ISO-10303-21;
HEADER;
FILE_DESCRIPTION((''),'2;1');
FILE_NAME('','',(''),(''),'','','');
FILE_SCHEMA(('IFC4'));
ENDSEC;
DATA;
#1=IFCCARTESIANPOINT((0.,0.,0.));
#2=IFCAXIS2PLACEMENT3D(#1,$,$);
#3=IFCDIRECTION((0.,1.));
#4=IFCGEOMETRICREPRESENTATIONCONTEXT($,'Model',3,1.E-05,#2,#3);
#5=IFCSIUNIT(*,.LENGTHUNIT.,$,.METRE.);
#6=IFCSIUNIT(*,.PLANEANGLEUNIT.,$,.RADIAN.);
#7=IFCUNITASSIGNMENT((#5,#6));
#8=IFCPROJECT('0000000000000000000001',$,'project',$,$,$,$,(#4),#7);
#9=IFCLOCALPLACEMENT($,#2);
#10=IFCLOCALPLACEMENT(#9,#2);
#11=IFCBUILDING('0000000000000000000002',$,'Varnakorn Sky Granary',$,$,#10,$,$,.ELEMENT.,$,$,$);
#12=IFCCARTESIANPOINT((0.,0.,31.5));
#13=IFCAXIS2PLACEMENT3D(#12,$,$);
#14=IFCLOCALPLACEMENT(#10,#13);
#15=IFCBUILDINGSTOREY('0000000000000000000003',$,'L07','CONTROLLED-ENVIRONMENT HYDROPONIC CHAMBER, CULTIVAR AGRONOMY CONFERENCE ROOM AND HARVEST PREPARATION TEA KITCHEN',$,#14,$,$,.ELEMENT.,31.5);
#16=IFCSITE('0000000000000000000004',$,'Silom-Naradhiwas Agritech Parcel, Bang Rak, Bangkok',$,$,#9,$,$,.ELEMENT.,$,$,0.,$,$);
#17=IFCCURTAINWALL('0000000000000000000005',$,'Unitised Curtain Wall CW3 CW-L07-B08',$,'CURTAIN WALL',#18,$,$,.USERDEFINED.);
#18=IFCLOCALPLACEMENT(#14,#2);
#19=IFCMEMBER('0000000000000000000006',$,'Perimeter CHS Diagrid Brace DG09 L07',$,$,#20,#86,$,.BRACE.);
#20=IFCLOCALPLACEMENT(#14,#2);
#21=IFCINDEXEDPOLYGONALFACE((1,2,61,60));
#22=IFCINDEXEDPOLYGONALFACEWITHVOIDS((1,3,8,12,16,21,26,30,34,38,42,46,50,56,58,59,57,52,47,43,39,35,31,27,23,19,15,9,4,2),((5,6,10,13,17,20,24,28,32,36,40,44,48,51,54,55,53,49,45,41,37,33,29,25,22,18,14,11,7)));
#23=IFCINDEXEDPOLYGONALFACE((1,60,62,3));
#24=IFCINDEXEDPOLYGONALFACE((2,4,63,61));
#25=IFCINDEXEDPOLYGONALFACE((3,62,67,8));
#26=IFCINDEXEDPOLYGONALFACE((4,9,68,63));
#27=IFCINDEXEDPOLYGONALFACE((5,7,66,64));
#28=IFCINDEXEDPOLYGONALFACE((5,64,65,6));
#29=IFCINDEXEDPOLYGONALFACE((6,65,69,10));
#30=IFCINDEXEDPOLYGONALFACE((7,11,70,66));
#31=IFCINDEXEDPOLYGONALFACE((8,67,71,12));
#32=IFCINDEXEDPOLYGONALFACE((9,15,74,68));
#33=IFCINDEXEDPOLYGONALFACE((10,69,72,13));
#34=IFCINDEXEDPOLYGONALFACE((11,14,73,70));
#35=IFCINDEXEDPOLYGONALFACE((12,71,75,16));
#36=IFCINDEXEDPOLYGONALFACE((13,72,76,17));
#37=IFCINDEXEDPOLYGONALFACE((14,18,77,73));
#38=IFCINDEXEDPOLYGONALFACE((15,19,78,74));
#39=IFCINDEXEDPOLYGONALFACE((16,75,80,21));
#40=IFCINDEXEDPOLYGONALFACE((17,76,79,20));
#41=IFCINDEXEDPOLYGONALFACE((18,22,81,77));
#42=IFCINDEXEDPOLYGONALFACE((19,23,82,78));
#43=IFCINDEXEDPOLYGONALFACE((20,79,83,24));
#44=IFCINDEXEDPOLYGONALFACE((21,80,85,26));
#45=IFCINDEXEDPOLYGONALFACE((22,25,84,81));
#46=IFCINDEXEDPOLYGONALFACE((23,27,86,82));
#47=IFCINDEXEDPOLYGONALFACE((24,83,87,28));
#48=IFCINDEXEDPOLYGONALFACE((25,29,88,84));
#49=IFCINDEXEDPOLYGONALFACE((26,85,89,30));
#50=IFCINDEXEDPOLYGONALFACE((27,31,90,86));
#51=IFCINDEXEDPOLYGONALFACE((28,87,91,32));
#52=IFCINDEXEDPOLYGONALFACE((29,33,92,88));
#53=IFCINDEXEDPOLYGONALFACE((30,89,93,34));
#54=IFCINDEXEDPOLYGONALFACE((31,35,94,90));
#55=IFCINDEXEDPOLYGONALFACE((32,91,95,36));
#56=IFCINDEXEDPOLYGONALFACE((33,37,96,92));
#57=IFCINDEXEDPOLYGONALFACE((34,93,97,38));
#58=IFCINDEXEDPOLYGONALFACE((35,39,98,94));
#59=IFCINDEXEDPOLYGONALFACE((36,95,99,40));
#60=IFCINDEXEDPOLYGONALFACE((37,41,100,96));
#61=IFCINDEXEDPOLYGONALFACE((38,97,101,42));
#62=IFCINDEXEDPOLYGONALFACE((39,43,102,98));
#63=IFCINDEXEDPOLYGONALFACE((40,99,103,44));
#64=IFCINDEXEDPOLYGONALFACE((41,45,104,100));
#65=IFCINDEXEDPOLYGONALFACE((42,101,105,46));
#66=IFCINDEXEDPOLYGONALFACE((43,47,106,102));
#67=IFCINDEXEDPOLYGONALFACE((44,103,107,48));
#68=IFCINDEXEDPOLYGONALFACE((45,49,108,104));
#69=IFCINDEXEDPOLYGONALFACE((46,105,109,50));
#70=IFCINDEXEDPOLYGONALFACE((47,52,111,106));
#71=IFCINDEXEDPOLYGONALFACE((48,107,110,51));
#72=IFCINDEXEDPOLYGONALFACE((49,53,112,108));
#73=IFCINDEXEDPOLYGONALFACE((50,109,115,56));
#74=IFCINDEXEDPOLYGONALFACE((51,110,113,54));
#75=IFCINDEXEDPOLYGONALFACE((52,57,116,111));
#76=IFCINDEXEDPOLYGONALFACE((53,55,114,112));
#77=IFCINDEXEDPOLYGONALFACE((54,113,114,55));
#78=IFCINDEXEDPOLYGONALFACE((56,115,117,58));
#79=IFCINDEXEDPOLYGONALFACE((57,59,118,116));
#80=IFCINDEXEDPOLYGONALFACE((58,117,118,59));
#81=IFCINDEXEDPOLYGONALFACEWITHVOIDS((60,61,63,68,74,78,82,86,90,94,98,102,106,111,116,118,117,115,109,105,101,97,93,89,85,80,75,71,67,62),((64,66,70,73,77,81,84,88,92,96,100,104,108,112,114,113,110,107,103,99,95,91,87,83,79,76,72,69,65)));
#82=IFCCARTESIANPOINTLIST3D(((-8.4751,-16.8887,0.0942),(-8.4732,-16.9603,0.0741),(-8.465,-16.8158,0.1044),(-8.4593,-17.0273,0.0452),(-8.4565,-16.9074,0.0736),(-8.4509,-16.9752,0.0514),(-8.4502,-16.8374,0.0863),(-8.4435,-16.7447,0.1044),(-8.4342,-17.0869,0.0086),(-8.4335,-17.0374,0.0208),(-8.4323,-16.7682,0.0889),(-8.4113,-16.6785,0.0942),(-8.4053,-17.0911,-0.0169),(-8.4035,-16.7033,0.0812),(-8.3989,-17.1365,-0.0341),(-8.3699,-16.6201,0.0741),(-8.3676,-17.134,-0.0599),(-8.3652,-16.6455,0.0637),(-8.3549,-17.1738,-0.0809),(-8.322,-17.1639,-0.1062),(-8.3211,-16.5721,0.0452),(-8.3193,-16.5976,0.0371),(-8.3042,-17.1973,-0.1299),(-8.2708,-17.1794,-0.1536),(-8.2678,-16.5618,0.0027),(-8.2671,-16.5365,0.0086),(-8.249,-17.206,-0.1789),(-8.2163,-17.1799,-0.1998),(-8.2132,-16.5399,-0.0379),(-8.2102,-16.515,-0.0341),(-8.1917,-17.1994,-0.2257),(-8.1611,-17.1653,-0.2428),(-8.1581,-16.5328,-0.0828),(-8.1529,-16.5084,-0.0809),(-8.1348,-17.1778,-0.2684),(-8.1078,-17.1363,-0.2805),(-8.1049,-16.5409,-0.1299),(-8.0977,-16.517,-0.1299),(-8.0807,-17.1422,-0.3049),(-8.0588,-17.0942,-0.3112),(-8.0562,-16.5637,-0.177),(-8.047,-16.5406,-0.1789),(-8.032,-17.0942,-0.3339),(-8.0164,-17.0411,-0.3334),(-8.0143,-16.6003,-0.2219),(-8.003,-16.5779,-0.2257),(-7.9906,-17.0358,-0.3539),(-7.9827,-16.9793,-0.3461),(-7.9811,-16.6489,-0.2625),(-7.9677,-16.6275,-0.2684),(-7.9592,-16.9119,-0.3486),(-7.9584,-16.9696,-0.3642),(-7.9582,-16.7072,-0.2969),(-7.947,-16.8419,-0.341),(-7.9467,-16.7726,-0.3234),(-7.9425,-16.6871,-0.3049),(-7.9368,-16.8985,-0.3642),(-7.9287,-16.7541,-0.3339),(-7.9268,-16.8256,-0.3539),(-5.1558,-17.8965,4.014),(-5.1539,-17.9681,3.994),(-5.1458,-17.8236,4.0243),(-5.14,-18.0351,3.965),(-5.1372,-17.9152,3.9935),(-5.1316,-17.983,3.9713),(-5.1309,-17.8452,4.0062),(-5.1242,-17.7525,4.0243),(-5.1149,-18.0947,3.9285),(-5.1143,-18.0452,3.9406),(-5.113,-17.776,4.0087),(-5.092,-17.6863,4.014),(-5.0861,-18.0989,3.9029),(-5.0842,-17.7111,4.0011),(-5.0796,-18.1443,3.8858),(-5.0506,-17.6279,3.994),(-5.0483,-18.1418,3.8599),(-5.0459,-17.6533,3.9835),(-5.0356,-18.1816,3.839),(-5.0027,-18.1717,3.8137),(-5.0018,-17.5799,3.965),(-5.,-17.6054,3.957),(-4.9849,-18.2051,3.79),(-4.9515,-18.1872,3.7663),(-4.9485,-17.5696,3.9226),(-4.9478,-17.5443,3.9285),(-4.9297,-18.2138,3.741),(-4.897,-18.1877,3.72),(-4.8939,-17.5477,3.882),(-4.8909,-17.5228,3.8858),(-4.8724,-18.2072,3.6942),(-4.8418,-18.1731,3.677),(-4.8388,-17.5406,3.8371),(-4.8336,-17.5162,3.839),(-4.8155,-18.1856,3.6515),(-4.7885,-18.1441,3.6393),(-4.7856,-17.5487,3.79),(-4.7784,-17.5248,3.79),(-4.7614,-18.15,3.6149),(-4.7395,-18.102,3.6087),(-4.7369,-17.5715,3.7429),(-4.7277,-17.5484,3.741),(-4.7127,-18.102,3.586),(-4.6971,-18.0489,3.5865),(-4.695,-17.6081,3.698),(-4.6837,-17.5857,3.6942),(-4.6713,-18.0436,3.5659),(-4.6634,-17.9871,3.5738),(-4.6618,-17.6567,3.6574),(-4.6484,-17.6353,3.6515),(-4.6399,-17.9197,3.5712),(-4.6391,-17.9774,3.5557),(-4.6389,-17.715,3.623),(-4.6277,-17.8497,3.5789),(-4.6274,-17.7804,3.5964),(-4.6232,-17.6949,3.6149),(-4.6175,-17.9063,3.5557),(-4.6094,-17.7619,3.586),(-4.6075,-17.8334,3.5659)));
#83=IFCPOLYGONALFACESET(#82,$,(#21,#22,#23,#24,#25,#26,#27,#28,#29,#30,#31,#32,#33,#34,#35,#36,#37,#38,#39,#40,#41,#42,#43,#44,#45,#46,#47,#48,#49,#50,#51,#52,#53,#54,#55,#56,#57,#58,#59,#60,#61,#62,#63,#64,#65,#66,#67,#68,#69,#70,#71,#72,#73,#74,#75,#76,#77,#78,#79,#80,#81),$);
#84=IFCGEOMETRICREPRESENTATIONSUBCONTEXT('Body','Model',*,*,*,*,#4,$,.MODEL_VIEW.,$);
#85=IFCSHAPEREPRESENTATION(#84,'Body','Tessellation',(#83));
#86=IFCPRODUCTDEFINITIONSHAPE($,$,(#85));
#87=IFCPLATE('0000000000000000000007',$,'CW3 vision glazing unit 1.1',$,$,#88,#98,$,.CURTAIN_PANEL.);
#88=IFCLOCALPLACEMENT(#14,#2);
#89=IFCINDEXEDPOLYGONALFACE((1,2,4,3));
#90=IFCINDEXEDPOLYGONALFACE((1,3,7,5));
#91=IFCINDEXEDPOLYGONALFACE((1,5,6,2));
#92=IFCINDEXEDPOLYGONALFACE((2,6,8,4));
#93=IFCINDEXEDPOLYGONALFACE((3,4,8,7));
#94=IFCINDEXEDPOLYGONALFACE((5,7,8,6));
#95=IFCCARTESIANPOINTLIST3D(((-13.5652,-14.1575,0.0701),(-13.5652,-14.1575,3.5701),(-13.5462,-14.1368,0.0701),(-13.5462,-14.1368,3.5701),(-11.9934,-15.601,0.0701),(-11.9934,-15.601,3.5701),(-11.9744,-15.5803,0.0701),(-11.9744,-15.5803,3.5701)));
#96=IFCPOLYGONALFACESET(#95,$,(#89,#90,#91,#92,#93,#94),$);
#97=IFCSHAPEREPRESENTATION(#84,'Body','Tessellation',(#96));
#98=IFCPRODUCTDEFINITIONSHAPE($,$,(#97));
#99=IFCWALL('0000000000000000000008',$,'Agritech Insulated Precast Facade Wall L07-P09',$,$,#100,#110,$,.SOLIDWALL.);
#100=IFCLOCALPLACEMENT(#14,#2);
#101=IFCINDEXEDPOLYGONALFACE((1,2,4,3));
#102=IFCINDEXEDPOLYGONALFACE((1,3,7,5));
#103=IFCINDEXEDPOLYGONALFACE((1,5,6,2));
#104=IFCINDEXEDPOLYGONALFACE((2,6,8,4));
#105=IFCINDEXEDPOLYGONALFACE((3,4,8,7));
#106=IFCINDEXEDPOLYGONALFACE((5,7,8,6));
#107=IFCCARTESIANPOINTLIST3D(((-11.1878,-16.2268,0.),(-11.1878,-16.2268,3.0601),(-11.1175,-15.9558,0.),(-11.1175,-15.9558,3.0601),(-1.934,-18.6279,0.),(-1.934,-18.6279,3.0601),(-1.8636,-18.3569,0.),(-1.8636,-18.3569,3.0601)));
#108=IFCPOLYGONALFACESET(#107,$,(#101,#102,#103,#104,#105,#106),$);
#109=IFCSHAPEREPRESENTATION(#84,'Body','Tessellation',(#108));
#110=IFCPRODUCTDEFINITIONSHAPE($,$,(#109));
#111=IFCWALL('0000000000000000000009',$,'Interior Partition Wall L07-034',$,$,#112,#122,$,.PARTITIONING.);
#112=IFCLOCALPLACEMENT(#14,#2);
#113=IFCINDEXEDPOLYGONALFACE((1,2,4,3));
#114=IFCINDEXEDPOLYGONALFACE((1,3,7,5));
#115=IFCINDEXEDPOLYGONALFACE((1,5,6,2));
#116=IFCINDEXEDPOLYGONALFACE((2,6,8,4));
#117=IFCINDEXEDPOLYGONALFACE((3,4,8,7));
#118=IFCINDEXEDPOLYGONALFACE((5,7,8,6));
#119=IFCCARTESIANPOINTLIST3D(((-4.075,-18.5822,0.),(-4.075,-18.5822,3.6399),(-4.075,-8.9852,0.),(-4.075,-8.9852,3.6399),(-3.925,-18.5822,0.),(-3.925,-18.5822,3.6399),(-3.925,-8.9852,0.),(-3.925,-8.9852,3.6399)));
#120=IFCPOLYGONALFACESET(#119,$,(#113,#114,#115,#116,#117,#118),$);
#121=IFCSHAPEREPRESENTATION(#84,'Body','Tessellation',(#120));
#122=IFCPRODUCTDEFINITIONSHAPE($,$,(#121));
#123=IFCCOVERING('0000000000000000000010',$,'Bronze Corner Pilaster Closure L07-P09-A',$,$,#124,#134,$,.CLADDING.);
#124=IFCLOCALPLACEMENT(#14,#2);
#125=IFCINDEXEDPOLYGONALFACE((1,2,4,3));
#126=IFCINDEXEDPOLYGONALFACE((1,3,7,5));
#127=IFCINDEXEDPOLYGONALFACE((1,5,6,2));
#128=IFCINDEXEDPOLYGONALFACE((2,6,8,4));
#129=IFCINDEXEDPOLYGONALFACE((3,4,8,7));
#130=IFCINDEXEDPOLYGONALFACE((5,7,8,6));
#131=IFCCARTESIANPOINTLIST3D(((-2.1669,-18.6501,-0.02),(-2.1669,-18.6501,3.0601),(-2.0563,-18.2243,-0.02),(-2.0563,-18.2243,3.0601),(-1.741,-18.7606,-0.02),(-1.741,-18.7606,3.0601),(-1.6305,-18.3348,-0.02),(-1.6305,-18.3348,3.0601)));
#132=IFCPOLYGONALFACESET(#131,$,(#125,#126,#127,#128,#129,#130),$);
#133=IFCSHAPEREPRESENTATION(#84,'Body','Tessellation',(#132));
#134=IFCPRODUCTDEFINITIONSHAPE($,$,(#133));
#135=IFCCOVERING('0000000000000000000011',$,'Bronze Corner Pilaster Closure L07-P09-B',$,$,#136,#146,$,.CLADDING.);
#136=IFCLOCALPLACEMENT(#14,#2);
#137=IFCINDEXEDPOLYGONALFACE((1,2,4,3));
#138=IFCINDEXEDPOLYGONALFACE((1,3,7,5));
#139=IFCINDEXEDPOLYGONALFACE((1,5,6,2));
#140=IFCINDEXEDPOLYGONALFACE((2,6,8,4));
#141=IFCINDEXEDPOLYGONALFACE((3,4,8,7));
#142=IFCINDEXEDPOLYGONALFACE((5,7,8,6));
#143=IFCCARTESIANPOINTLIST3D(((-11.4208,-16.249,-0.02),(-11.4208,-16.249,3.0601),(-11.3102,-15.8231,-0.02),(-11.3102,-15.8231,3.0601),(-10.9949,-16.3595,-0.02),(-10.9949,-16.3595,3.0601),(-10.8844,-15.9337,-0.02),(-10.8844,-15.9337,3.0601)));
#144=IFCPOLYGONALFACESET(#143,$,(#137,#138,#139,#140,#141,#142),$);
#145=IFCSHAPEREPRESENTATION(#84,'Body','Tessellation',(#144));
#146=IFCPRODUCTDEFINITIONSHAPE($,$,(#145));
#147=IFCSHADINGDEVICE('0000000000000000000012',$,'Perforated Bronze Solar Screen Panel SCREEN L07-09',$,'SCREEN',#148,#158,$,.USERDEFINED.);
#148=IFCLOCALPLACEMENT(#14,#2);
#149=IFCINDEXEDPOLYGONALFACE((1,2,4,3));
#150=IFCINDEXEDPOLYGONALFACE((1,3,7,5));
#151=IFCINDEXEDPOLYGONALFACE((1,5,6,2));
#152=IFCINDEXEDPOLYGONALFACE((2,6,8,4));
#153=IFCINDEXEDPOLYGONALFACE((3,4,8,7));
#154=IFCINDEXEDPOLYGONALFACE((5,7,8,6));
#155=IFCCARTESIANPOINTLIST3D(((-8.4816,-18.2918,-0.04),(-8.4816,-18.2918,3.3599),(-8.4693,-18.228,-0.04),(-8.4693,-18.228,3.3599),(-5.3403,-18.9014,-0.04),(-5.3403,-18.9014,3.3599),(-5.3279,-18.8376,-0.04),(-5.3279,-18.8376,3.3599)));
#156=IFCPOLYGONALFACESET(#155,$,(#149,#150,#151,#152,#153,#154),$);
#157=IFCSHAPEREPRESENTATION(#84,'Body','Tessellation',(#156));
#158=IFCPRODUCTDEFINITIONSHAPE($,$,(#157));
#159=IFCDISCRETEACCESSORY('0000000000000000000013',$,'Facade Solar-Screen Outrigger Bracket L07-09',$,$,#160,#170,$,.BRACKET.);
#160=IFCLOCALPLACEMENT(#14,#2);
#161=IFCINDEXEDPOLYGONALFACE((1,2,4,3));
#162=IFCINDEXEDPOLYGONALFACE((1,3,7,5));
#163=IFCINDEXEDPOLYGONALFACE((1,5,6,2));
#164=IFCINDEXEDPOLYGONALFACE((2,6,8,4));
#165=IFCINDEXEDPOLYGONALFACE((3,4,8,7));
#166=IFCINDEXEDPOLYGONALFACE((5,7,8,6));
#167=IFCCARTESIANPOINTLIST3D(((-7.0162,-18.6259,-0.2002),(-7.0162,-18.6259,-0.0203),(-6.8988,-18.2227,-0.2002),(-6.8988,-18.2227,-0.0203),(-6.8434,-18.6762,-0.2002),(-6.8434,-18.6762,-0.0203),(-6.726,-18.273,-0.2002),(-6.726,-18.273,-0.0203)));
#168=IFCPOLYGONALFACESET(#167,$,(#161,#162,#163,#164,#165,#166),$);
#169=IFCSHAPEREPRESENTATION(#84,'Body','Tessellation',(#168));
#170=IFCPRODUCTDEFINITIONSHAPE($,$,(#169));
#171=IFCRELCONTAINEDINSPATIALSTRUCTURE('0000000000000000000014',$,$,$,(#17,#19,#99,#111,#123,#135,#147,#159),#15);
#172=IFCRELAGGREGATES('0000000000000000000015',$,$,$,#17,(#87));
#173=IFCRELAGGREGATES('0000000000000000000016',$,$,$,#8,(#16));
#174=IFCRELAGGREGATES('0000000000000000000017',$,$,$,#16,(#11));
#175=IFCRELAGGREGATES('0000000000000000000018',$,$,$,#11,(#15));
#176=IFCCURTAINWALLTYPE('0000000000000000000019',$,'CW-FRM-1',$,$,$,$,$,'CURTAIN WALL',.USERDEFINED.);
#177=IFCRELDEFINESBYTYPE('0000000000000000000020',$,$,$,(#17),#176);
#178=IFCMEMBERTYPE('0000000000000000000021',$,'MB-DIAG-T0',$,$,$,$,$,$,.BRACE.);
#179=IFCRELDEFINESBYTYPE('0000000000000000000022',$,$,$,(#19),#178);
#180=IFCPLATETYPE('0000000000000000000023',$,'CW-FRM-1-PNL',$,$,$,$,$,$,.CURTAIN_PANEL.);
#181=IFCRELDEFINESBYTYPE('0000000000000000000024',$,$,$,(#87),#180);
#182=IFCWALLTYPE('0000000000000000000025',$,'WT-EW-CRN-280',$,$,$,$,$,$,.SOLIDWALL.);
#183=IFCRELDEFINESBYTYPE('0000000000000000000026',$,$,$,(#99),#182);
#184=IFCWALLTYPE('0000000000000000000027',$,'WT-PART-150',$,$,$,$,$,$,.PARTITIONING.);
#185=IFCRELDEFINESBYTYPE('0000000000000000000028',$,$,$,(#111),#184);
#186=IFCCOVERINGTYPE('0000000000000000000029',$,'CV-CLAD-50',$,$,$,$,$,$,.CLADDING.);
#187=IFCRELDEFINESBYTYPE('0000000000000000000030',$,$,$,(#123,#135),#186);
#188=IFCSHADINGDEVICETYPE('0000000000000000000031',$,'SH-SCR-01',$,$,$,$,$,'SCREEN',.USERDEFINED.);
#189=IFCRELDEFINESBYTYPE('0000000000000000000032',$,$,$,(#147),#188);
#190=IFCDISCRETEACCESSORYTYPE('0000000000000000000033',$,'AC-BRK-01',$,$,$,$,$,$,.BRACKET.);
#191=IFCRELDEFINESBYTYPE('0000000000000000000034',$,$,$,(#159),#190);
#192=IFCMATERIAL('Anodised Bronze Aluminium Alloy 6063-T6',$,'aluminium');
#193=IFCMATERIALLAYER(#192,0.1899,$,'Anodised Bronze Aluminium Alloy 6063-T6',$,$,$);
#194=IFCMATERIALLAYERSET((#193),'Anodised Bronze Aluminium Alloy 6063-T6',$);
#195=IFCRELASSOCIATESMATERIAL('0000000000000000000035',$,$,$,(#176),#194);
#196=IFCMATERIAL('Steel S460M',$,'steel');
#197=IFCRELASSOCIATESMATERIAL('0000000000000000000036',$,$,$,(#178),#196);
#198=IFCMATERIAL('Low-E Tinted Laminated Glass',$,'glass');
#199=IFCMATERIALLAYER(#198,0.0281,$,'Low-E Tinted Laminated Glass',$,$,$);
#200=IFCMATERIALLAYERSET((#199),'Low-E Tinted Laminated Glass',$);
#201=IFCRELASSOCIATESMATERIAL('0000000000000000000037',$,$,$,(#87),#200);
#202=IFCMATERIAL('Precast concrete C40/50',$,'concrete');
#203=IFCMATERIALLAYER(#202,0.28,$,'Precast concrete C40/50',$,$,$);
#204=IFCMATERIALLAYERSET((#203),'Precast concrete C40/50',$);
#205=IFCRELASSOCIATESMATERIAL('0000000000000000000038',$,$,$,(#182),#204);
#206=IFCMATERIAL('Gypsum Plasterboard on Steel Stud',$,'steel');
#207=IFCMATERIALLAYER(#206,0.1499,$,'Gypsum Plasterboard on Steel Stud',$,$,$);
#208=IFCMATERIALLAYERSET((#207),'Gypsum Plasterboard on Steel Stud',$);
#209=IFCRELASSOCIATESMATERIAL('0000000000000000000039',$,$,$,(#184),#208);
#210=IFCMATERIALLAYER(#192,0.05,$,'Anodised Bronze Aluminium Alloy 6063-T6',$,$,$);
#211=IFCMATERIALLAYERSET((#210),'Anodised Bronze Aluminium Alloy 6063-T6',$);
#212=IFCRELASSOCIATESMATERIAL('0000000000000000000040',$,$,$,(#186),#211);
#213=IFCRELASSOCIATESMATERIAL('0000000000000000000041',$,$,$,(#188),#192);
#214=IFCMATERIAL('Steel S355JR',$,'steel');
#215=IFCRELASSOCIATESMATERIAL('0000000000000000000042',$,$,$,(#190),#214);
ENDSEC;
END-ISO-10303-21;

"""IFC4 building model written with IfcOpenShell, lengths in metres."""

from ifc_helpers import new_model, si_unit, direction, frame, frame_2d, origin, origin_2d, place, context, subcontext, project, spatial, rectangle, hollow_circle, extrude, source, transform, mapped, material, layer, layer_set, material_profile, profile_set, type_object, type_shapes, element, aggregate, save


model = new_model("IFC4")

# Units and contexts
model_context = context("Model", 3, precision=1e-05, world=origin(), true_north=direction((0.0, 1.0)))
body_context = subcontext(model_context, "Body", "Model", "MODEL_VIEW")
ifc_project = project(units=[si_unit("LENGTHUNIT", "METRE"), si_unit("PLANEANGLEUNIT", "RADIAN")], contexts=[model_context])

# Site, building, storey
site_placement = place(None, origin())
site = spatial("IfcSite", under=ifc_project, at=site_placement, Name="Silom-Naradhiwas Agritech Parcel, Bang Rak, Bangkok", CompositionType="ELEMENT", RefElevation=0.0)
building_placement = place(site_placement, origin())
building = spatial("IfcBuilding", under=site, at=building_placement, Name="Varnakorn Sky Granary", CompositionType="ELEMENT")
storey_placement = place(building_placement, frame((0.0, 0.0, 31.5)))
storey = spatial("IfcBuildingStorey", under=building, at=storey_placement, Name="L07", Description="CONTROLLED-ENVIRONMENT HYDROPONIC CHAMBER, CULTIVAR AGRONOMY CONFERENCE ROOM AND HARVEST PREPARATION TEA KITCHEN", CompositionType="ELEMENT", Elevation=31.5)

# Shared definitions
ifc_material_1 = material(Name="Steel S460M", Category="steel")

# Shared definitions
ifc_material_2 = material(Name="Steel S355JR", Category="steel")

# Curtain wall
ifc_material_3 = material(Name="Anodised Bronze Aluminium Alloy 6063-T6", Category="aluminium")
ifc_layer_1 = layer(ifc_material_3, 0.1899, Name="Anodised Bronze Aluminium Alloy 6063-T6")
ifc_layer_set_1 = layer_set([ifc_layer_1], Name="Anodised Bronze Aluminium Alloy 6063-T6")
curtain_wall_type = type_object("IfcCurtainWallType", Name="CW-FRM-1", ElementType="CURTAIN WALL", PredefinedType="USERDEFINED", material=ifc_layer_set_1)
curtain_wall_1_placement = place(storey_placement, origin())
curtain_wall_1 = element("IfcCurtainWall", 1, at=curtain_wall_1_placement, inside=storey, type_object=curtain_wall_type, Name="Unitised Curtain Wall CW3 CW-L07-B08", ObjectType="CURTAIN WALL", PredefinedType="USERDEFINED")

# Member
ifc_material_profile_1 = material_profile(ifc_material_1, hollow_circle(Radius=0.3555, WallThickness=0.0249, at=origin_2d()), Name="CHS 711x25")
ifc_profile_set_1 = profile_set([ifc_material_profile_1], Name="Steel S460M")
member_type_1 = type_object("IfcMemberType", Name="MB-DIAG-T0", PredefinedType="BRACE", material=ifc_profile_set_1)
member_1_placement = place(storey_placement, frame((-8.2009, -16.8572, -0.1299), z_axis=(0.634133, -0.192535, 0.74887), x_axis=(0.290523, 0.956868, 0.0)))
element("IfcMember", 2, at=member_1_placement, inside=storey, type_object=member_type_1, Name="Perimeter CHS Diagrid Brace DG09 L07", PredefinedType="BRACE", context=body_context, shape_type="SweptSolid", body=[
    extrude(hollow_circle(Radius=0.3555, WallThickness=0.0249, at=origin_2d()), origin(), (0.0, 0.0, 1.0), 5.2344),
])

# Plate
ifc_material_4 = material(Name="Low-E Tinted Laminated Glass", Category="glass")
ifc_layer_2 = layer(ifc_material_4, 0.0281, Name="Low-E Tinted Laminated Glass")
ifc_layer_set_2 = layer_set([ifc_layer_2], Name="Low-E Tinted Laminated Glass")
plate_type = type_object("IfcPlateType", Name="CW-FRM-1-PNL", PredefinedType="CURTAIN_PANEL")
shared_shape_1 = source(origin(), body_context, "Body", "SweptSolid", [
    extrude(rectangle(XDim=2.134, YDim=0.0281, at=origin_2d()), origin(), (0.0, 0.0, 1.0), 3.5),
])
type_shapes(plate_type, [shared_shape_1])
plate_placement = place(storey_placement, frame((-12.7698, -14.8689, 0.0701), z_axis=(0.0, 0.0, 1.0), x_axis=(-0.736547, 0.676387, 0.0)))
plate = element("IfcPlate", 3, at=plate_placement, type_object=plate_type, material=ifc_layer_set_2, Name="CW3 vision glazing unit 1.1", PredefinedType="CURTAIN_PANEL", context=body_context, shape_type="MappedRepresentation", body=[
    mapped(shared_shape_1, transform((0.0, 0.0, 0.0), x_axis=(1.0, 0.0, 0.0), y_axis=(0.0, 1.0, 0.0), z_axis=(0.0, 0.0, 1.0), scale=1.0)),
])
aggregate(curtain_wall_1, [plate])

# Walls
ifc_material_5 = material(Name="Precast concrete C40/50", Category="concrete")
ifc_layer_3 = layer(ifc_material_5, 0.28, Name="Precast concrete C40/50")
ifc_layer_set_3 = layer_set([ifc_layer_3], Name="Precast concrete C40/50")
wall_type_1 = type_object("IfcWallType", Name="WT-EW-CRN-280", PredefinedType="SOLIDWALL", material=ifc_layer_set_3)
wall_1_placement = place(storey_placement, frame((-1.8987, -18.4924, 0.0), z_axis=(0.0, 0.0, 1.0), x_axis=(-0.967947, 0.251154, 0.0)))
element("IfcWall", 4, at=wall_1_placement, inside=storey, type_object=wall_type_1, Name="Agritech Insulated Precast Facade Wall L07-P09", PredefinedType="SOLIDWALL", context=body_context, shape_type="SweptSolid", body=[
    extrude(rectangle(XDim=9.5603, YDim=0.28, at=frame_2d((4.7803, 0.0))), origin(), (0.0, 0.0, 1.0), 3.0601),
])
ifc_material_6 = material(Name="Gypsum Plasterboard on Steel Stud", Category="steel")
ifc_layer_4 = layer(ifc_material_6, 0.1499, Name="Gypsum Plasterboard on Steel Stud")
ifc_layer_set_4 = layer_set([ifc_layer_4], Name="Gypsum Plasterboard on Steel Stud")
wall_type_2 = type_object("IfcWallType", Name="WT-PART-150", PredefinedType="PARTITIONING", material=ifc_layer_set_4)
wall_2_placement = place(storey_placement, frame((-4.0, -18.582, 0.0), z_axis=(0.0, 0.0, 1.0), x_axis=(0.0, 1.0, 0.0)))
element("IfcWall", 5, at=wall_2_placement, inside=storey, type_object=wall_type_2, Name="Interior Partition Wall L07-034", PredefinedType="PARTITIONING", context=body_context, shape_type="SweptSolid", body=[
    extrude(rectangle(XDim=9.5969, YDim=0.1499, at=frame_2d((4.7983, 0.0))), origin(), (0.0, 0.0, 1.0), 3.6399),
])

# Coverings
ifc_layer_5 = layer(ifc_material_3, 0.05, Name="Anodised Bronze Aluminium Alloy 6063-T6")
ifc_layer_set_5 = layer_set([ifc_layer_5], Name="Anodised Bronze Aluminium Alloy 6063-T6")
covering_type = type_object("IfcCoveringType", Name="CV-CLAD-50", PredefinedType="CLADDING", material=ifc_layer_set_5)
shared_shape_2 = source(origin(), body_context, "Body", "SweptSolid", [
    extrude(rectangle(XDim=0.4399, YDim=0.4399, at=origin_2d()), origin(), (0.0, 0.0, 1.0), 3.0801),
])
type_shapes(covering_type, [shared_shape_2])
for number, where, z_axis, x_axis, name in (
    (6, (-1.8987, -18.4924, -0.02), (0.0, 0.0, 1.0), (-0.967929, 0.251225, 0.0), "Bronze Corner Pilaster Closure L07-P09-A"),
    (7, (-11.1526, -16.0913, -0.02), (0.0, 0.0, 1.0), (-0.967929, 0.251225, 0.0), "Bronze Corner Pilaster Closure L07-P09-B"),
):
    element("IfcCovering", number, at=place(storey_placement, frame(where, z_axis=z_axis, x_axis=x_axis)), inside=storey, type_object=covering_type, Name=name, PredefinedType="CLADDING", context=body_context, shape_type="MappedRepresentation", body=[
        mapped(shared_shape_2, transform((0.0, 0.0, 0.0), x_axis=(1.0, 0.0, 0.0), y_axis=(0.0, 1.0, 0.0), z_axis=(0.0, 0.0, 1.0), scale=1.0)),
    ])

# Shading device
shading_device_type = type_object("IfcShadingDeviceType", Name="SH-SCR-01", ElementType="SCREEN", PredefinedType="USERDEFINED", material=ifc_material_3)
shared_shape_3 = source(origin(), body_context, "Body", "SweptSolid", [
    extrude(rectangle(XDim=3.2, YDim=0.0649, at=origin_2d()), origin(), (0.0, 0.0, 1.0), 3.3999),
])
type_shapes(shading_device_type, [shared_shape_3])
shading_device_placement = place(storey_placement, frame((-6.9048, -18.5647, -0.04), z_axis=(0.0, 0.0, 1.0), x_axis=(0.981688, -0.190496, 0.0)))
element("IfcShadingDevice", 8, at=shading_device_placement, inside=storey, type_object=shading_device_type, Name="Perforated Bronze Solar Screen Panel SCREEN L07-09", ObjectType="SCREEN", PredefinedType="USERDEFINED", context=body_context, shape_type="MappedRepresentation", body=[
    mapped(shared_shape_3, transform((0.0, 0.0, 0.0), x_axis=(1.0, 0.0, 0.0), y_axis=(0.0, 1.0, 0.0), z_axis=(0.0, 0.0, 1.0), scale=1.0)),
])

# Discrete accessory
discrete_accessory_type = type_object("IfcDiscreteAccessoryType", Name="AC-BRK-01", PredefinedType="BRACKET", material=ifc_material_2)
shared_shape_4 = source(origin(), body_context, "Body", "SweptSolid", [
    extrude(rectangle(XDim=0.1799, YDim=0.4199, at=origin_2d()), origin(), (0.0, 0.0, 1.0), 0.1799),
])
type_shapes(discrete_accessory_type, [shared_shape_4])
discrete_accessory_placement = place(storey_placement, frame((-6.8711, -18.4495, -0.2002), z_axis=(0.0, 0.0, 1.0), x_axis=(0.960139, -0.279523, 0.0)))
element("IfcDiscreteAccessory", 9, at=discrete_accessory_placement, inside=storey, type_object=discrete_accessory_type, Name="Facade Solar-Screen Outrigger Bracket L07-09", PredefinedType="BRACKET", context=body_context, shape_type="MappedRepresentation", body=[
    mapped(shared_shape_4, transform((0.0, 0.0, 0.0), x_axis=(1.0, 0.0, 0.0), y_axis=(0.0, 1.0, 0.0), z_axis=(0.0, 0.0, 1.0), scale=1.0)),
])

save(model, "model.ifc")
